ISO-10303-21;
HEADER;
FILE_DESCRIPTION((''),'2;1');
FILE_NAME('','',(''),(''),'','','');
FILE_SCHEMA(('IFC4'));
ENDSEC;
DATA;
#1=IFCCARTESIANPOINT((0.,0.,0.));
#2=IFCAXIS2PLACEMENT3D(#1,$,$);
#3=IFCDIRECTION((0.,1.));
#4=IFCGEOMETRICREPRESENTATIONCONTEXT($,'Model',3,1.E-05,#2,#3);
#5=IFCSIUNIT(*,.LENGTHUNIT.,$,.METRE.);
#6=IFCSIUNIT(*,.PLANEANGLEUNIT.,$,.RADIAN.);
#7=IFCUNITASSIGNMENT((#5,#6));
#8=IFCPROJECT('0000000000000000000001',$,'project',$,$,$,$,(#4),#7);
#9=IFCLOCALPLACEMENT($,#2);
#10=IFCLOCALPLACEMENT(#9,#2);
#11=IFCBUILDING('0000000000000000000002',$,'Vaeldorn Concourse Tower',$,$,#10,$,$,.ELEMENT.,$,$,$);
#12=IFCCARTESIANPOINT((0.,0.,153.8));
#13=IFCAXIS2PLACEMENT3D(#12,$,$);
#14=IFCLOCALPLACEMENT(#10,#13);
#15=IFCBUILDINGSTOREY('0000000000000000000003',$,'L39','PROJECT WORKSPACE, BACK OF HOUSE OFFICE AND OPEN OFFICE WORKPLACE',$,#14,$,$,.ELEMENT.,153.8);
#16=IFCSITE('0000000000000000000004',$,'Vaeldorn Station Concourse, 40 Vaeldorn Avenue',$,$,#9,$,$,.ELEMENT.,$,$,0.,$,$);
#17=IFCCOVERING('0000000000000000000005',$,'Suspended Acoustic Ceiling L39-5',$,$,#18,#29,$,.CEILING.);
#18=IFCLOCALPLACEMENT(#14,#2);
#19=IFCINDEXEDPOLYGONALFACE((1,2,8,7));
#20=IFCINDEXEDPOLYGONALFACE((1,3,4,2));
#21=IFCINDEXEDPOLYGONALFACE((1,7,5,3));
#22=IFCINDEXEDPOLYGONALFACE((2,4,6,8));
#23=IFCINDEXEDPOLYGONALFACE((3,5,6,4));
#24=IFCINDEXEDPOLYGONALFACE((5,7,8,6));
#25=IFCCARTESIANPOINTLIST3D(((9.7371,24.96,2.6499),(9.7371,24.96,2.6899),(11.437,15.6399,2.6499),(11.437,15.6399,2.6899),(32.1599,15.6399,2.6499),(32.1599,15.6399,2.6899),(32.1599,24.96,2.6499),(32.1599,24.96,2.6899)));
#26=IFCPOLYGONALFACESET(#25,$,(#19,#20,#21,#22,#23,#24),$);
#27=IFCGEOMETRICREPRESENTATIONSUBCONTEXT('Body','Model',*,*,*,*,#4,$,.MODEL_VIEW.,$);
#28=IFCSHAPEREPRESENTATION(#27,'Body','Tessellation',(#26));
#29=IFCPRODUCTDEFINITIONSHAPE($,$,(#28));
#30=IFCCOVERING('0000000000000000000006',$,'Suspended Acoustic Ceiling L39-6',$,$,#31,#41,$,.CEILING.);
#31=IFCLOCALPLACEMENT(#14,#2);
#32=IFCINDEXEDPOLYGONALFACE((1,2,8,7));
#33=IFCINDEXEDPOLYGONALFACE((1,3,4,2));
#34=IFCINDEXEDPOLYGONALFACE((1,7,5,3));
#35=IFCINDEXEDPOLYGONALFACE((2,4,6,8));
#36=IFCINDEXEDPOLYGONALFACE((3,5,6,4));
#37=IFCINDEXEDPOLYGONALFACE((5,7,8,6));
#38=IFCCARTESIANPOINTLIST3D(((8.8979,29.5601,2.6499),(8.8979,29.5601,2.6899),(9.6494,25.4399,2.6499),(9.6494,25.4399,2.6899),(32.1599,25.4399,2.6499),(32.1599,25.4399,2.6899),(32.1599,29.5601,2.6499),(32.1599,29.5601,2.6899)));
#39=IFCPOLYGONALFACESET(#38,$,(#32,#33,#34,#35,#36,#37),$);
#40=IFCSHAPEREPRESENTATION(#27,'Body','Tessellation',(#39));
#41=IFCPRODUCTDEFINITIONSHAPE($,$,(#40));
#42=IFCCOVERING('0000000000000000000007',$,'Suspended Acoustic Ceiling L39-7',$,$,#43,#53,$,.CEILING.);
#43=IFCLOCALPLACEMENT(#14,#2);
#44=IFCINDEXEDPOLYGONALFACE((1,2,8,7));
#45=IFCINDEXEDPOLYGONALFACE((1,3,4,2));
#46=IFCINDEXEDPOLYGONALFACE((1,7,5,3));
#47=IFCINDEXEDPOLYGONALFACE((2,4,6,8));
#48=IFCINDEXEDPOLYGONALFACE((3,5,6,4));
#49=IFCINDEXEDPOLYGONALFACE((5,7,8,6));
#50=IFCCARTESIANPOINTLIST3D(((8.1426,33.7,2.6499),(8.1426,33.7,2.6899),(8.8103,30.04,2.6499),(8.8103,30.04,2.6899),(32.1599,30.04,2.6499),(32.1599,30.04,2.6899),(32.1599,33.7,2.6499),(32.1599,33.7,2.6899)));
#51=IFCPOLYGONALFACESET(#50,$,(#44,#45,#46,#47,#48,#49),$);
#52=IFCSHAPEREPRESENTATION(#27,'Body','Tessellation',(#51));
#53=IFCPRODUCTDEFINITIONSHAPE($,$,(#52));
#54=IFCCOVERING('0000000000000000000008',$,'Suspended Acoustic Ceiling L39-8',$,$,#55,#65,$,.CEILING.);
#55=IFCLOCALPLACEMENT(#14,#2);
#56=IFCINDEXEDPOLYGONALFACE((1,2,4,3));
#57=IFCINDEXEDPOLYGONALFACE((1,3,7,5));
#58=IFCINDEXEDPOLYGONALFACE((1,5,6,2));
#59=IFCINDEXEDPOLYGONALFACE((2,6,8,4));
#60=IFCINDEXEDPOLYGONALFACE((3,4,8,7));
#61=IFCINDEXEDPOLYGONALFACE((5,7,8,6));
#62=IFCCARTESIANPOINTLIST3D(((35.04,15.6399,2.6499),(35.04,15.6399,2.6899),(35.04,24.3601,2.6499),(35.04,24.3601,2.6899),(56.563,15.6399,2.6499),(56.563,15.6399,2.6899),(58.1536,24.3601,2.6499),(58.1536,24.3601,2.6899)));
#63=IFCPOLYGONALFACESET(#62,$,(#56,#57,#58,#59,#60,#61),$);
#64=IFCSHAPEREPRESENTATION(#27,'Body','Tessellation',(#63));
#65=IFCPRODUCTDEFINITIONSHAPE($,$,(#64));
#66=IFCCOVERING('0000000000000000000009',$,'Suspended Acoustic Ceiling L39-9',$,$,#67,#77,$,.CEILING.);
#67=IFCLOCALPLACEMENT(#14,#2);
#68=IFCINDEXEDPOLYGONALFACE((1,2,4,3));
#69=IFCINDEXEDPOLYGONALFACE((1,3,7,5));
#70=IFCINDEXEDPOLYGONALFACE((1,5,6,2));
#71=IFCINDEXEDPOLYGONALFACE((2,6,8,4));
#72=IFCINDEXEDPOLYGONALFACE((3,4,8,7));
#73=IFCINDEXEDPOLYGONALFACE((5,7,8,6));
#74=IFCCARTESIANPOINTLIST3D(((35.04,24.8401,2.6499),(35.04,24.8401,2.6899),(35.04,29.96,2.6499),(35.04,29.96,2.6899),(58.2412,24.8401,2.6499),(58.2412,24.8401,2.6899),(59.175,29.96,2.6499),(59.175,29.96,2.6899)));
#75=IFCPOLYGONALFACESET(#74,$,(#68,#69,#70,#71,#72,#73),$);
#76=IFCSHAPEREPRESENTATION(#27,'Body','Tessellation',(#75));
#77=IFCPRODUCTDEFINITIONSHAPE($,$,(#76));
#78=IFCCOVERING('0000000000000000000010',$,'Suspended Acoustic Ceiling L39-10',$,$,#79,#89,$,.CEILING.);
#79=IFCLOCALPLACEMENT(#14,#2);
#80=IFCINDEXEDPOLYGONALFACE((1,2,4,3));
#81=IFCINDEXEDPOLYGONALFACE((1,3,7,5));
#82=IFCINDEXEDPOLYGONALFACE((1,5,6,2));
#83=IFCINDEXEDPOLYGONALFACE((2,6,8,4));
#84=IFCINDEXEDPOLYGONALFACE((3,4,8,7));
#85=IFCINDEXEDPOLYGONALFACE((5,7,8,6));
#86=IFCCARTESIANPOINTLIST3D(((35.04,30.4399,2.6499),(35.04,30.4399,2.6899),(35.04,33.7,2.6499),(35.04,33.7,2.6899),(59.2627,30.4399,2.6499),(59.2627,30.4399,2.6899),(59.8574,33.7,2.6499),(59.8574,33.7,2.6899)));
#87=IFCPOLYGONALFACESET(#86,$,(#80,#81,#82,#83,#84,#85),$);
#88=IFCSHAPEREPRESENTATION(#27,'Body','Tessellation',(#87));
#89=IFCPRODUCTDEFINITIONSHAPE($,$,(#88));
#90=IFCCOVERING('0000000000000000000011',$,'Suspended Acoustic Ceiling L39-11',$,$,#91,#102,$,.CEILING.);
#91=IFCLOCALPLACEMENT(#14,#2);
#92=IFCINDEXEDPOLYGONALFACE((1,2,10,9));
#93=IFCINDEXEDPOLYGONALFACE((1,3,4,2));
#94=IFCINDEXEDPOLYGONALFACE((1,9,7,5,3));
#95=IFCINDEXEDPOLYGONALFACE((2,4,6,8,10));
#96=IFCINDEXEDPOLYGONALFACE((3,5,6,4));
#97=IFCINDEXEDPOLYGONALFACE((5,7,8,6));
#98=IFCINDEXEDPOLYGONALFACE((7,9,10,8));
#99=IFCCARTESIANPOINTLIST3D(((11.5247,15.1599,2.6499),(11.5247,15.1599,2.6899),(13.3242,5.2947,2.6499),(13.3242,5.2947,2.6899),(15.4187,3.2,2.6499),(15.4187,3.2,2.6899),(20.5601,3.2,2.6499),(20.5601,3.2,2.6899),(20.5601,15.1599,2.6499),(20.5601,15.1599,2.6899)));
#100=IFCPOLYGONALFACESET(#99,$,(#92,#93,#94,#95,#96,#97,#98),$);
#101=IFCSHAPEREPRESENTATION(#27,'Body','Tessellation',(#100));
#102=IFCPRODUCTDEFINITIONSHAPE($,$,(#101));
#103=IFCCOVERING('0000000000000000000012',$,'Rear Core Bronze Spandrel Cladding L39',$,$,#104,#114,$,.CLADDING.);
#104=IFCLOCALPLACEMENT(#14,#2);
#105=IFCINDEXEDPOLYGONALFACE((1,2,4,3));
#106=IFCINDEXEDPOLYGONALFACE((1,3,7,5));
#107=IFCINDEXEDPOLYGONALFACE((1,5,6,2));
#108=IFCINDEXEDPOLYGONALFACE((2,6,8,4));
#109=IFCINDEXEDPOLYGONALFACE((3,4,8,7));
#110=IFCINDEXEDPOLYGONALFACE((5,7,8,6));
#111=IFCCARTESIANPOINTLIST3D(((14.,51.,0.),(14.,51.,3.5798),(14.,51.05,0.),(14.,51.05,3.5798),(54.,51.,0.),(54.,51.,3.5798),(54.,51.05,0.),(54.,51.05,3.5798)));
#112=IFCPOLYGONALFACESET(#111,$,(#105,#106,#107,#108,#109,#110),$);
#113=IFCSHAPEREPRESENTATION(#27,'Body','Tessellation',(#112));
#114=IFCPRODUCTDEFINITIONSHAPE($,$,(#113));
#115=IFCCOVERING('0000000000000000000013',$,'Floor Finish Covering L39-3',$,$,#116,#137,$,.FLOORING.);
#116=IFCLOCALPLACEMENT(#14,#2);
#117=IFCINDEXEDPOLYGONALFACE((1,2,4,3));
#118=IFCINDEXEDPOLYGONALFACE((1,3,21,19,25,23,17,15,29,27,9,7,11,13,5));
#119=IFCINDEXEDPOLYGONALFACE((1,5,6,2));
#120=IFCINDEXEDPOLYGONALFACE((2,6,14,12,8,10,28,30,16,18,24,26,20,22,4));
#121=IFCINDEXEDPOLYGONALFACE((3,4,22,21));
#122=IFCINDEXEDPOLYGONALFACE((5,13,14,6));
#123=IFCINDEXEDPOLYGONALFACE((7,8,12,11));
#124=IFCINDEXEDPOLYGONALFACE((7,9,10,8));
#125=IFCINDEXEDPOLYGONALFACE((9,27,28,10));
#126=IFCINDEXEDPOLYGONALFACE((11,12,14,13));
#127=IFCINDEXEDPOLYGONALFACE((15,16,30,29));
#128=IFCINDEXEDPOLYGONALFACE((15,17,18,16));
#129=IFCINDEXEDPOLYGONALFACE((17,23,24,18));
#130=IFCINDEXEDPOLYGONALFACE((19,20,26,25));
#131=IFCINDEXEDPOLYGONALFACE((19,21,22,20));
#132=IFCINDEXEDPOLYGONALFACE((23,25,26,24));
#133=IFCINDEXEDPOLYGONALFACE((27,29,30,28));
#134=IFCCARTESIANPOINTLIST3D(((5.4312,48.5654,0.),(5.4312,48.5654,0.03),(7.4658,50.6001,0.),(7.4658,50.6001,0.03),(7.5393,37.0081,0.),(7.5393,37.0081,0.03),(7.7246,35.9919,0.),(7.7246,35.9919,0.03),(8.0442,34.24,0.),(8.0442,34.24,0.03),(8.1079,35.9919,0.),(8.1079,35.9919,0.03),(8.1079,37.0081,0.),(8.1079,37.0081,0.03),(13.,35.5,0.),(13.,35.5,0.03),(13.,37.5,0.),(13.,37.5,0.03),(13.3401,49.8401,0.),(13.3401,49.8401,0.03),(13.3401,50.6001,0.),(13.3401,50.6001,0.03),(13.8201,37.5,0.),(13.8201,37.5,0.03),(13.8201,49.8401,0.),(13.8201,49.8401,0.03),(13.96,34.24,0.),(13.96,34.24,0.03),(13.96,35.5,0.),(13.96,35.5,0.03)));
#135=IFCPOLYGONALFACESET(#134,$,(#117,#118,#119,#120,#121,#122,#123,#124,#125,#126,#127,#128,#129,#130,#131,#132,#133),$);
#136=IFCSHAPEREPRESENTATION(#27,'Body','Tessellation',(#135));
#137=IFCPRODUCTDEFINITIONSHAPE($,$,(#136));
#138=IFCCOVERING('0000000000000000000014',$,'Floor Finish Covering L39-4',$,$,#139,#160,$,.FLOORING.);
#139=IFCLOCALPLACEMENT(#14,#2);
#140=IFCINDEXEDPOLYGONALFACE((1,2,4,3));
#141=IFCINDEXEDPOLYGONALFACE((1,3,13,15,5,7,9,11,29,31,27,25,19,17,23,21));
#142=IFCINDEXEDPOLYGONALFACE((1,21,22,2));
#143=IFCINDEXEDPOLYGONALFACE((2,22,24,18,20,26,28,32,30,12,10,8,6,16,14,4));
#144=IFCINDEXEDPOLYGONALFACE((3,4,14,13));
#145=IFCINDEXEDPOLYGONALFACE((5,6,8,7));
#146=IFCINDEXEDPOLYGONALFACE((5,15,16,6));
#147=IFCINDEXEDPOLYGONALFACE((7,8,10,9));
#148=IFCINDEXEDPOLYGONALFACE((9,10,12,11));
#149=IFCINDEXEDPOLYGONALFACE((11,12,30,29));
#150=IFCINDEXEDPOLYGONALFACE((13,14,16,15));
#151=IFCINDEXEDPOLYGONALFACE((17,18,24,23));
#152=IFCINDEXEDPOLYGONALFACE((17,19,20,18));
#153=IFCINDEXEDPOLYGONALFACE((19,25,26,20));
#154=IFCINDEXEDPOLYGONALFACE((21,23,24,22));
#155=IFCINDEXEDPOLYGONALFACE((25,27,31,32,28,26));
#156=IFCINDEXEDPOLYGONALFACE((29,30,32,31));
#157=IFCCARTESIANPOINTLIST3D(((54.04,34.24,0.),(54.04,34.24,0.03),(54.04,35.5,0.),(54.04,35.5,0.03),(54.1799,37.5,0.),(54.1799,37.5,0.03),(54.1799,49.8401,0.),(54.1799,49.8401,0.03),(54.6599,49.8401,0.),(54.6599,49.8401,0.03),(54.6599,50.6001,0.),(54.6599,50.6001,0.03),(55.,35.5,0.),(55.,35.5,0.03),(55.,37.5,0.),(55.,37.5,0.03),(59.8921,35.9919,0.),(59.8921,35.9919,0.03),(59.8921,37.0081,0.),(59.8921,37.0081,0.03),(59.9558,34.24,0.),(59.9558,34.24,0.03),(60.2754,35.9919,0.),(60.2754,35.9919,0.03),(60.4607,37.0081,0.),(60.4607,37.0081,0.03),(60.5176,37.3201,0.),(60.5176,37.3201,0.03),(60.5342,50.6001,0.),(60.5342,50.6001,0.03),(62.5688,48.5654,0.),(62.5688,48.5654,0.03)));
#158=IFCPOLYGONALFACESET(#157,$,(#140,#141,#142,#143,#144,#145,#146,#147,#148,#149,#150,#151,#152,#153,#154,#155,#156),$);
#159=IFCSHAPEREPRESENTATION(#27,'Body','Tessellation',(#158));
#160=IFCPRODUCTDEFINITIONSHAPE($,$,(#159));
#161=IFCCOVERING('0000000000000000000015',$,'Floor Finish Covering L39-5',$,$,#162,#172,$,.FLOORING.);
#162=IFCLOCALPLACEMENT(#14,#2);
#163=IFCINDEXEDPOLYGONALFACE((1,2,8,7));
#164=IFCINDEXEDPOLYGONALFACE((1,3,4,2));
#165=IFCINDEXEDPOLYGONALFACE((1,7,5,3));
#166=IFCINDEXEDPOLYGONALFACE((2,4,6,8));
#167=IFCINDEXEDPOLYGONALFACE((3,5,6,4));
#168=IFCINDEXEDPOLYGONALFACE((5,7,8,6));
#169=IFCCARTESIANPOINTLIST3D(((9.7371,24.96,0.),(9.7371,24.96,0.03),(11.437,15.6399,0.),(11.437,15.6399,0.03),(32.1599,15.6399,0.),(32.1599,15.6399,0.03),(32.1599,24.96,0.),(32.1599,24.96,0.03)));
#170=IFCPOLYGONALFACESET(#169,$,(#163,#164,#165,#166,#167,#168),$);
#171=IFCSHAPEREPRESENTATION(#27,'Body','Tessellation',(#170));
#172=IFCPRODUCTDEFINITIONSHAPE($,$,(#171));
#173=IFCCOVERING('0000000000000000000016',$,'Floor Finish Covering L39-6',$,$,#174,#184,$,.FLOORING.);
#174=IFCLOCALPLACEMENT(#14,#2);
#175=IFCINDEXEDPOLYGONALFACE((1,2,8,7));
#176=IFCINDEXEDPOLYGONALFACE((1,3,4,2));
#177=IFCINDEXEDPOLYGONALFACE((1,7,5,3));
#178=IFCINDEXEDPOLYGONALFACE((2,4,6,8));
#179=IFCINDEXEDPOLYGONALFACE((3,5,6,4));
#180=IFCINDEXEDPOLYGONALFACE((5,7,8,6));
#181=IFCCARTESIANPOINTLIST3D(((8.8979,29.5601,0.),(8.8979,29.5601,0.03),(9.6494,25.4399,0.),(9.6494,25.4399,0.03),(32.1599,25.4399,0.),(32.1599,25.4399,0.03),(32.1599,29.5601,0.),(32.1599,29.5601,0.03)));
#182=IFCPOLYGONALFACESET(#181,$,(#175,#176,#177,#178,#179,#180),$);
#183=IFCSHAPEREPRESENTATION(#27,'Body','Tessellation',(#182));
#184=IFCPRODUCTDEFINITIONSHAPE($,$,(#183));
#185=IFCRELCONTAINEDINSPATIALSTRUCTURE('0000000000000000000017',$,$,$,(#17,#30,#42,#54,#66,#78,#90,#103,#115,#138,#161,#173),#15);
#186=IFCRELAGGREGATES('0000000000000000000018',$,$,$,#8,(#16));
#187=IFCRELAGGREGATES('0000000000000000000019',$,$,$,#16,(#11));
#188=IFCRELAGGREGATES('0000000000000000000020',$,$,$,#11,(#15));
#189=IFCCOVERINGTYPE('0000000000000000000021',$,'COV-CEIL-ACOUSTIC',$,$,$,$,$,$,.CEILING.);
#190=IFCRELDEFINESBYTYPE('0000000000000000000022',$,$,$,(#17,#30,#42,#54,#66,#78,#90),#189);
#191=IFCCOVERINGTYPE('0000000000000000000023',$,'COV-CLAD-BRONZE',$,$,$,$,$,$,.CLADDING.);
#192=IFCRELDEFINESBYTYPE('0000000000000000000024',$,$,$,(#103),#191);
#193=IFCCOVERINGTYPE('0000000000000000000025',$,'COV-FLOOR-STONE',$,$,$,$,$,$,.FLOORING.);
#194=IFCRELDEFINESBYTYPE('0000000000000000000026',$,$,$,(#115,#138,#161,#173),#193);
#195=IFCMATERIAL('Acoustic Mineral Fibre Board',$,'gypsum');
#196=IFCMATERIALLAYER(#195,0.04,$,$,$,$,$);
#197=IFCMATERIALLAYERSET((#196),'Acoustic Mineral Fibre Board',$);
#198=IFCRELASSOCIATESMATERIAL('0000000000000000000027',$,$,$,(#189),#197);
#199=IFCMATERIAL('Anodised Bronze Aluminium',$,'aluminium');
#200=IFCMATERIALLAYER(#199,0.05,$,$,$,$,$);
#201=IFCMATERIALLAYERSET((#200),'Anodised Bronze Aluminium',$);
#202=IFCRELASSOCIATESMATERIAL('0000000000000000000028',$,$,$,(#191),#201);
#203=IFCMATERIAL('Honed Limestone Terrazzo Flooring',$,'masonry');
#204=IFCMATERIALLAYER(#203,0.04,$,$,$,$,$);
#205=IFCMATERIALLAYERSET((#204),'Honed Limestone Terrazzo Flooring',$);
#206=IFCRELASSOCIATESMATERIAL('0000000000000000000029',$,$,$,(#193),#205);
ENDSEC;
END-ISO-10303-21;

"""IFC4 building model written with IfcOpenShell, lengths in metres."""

from ifc_helpers import new_model, si_unit, direction, frame, origin, place, context, subcontext, project, spatial, polyline, outline, extrude, material, layer, layer_set, type_object, element, save


model = new_model("IFC4")

# Units and contexts
model_context = context("Model", 3, precision=1e-05, world=origin(), true_north=direction((0.0, 1.0)))
body_context = subcontext(model_context, "Body", "Model", "MODEL_VIEW")
ifc_project = project(units=[si_unit("LENGTHUNIT", "METRE"), si_unit("PLANEANGLEUNIT", "RADIAN")], contexts=[model_context])

# Site, building, storey
site_placement = place(None, origin())
site = spatial("IfcSite", under=ifc_project, at=site_placement, Name="Vaeldorn Station Concourse, 40 Vaeldorn Avenue", CompositionType="ELEMENT", RefElevation=0.0)
building_placement = place(site_placement, origin())
building = spatial("IfcBuilding", under=site, at=building_placement, Name="Vaeldorn Concourse Tower", CompositionType="ELEMENT")
storey_placement = place(building_placement, frame((0.0, 0.0, 153.8)))
storey = spatial("IfcBuildingStorey", under=building, at=storey_placement, Name="L39", Description="PROJECT WORKSPACE, BACK OF HOUSE OFFICE AND OPEN OFFICE WORKPLACE", CompositionType="ELEMENT", Elevation=153.8)

# Coverings
ifc_material_1 = material(Name="Acoustic Mineral Fibre Board", Category="gypsum")
ifc_layer_1 = layer(ifc_material_1, 0.04)
ifc_layer_set_1 = layer_set([ifc_layer_1], Name="Acoustic Mineral Fibre Board")
covering_type_1 = type_object("IfcCoveringType", Name="COV-CEIL-ACOUSTIC", PredefinedType="CEILING", material=ifc_layer_set_1)
covering_1_placement = place(storey_placement, frame((0.0, 0.0, 2.6499)))
element("IfcCovering", 1, at=covering_1_placement, inside=storey, type_object=covering_type_1, Name="Suspended Acoustic Ceiling L39-5", PredefinedType="CEILING", context=body_context, shape_type="SweptSolid", body=[
    extrude(outline(polyline([(32.1599, 24.96), (32.1599, 15.6399), (11.437, 15.6399), (9.7371, 24.96), (32.1599, 24.96)])), origin(), (0.0, 0.0, 1.0), 0.04),
])
covering_2_placement = place(storey_placement, frame((0.0, 0.0, 2.6499)))
element("IfcCovering", 2, at=covering_2_placement, inside=storey, type_object=covering_type_1, Name="Suspended Acoustic Ceiling L39-6", PredefinedType="CEILING", context=body_context, shape_type="SweptSolid", body=[
    extrude(outline(polyline([(32.1599, 29.5601), (32.1599, 25.4399), (9.6494, 25.4399), (8.8979, 29.5601), (32.1599, 29.5601)])), origin(), (0.0, 0.0, 1.0), 0.04),
])
covering_3_placement = place(storey_placement, frame((0.0, 0.0, 2.6499)))
element("IfcCovering", 3, at=covering_3_placement, inside=storey, type_object=covering_type_1, Name="Suspended Acoustic Ceiling L39-7", PredefinedType="CEILING", context=body_context, shape_type="SweptSolid", body=[
    extrude(outline(polyline([(32.1599, 33.7), (32.1599, 30.04), (8.8103, 30.04), (8.1426, 33.7), (32.1599, 33.7)])), origin(), (0.0, 0.0, 1.0), 0.04),
])
covering_4_placement = place(storey_placement, frame((0.0, 0.0, 2.6499)))
element("IfcCovering", 4, at=covering_4_placement, inside=storey, type_object=covering_type_1, Name="Suspended Acoustic Ceiling L39-8", PredefinedType="CEILING", context=body_context, shape_type="SweptSolid", body=[
    extrude(outline(polyline([(35.04, 15.6399), (35.04, 24.3601), (58.1536, 24.3601), (56.563, 15.6399), (35.04, 15.6399)])), origin(), (0.0, 0.0, 1.0), 0.04),
])
covering_5_placement = place(storey_placement, frame((0.0, 0.0, 2.6499)))
element("IfcCovering", 5, at=covering_5_placement, inside=storey, type_object=covering_type_1, Name="Suspended Acoustic Ceiling L39-9", PredefinedType="CEILING", context=body_context, shape_type="SweptSolid", body=[
    extrude(outline(polyline([(35.04, 24.8401), (35.04, 29.96), (59.175, 29.96), (58.2412, 24.8401), (35.04, 24.8401)])), origin(), (0.0, 0.0, 1.0), 0.04),
])
covering_6_placement = place(storey_placement, frame((0.0, 0.0, 2.6499)))
element("IfcCovering", 6, at=covering_6_placement, inside=storey, type_object=covering_type_1, Name="Suspended Acoustic Ceiling L39-10", PredefinedType="CEILING", context=body_context, shape_type="SweptSolid", body=[
    extrude(outline(polyline([(35.04, 30.4399), (35.04, 33.7), (59.8574, 33.7), (59.2627, 30.4399), (35.04, 30.4399)])), origin(), (0.0, 0.0, 1.0), 0.04),
])
covering_7_placement = place(storey_placement, frame((0.0, 0.0, 2.6499)))
element("IfcCovering", 7, at=covering_7_placement, inside=storey, type_object=covering_type_1, Name="Suspended Acoustic Ceiling L39-11", PredefinedType="CEILING", context=body_context, shape_type="SweptSolid", body=[
    extrude(outline(polyline([(20.5601, 15.1599), (20.5601, 3.2), (15.4187, 3.2), (13.3242, 5.2947), (11.5247, 15.1599), (20.5601, 15.1599)])), origin(), (0.0, 0.0, 1.0), 0.04),
])
ifc_material_2 = material(Name="Anodised Bronze Aluminium", Category="aluminium")
ifc_layer_2 = layer(ifc_material_2, 0.05)
ifc_layer_set_2 = layer_set([ifc_layer_2], Name="Anodised Bronze Aluminium")
covering_type_2 = type_object("IfcCoveringType", Name="COV-CLAD-BRONZE", PredefinedType="CLADDING", material=ifc_layer_set_2)
covering_8_placement = place(storey_placement, origin())
element("IfcCovering", 8, at=covering_8_placement, inside=storey, type_object=covering_type_2, Name="Rear Core Bronze Spandrel Cladding L39", PredefinedType="CLADDING", context=body_context, shape_type="SweptSolid", body=[
    extrude(outline(polyline([(14.0, 51.0), (54.0, 51.0), (54.0, 51.05), (14.0, 51.05), (14.0, 51.0)])), origin(), (0.0, 0.0, 1.0), 3.5798),
])
ifc_material_3 = material(Name="Honed Limestone Terrazzo Flooring", Category="masonry")
ifc_layer_3 = layer(ifc_material_3, 0.04)
ifc_layer_set_3 = layer_set([ifc_layer_3], Name="Honed Limestone Terrazzo Flooring")
covering_type_3 = type_object("IfcCoveringType", Name="COV-FLOOR-STONE", PredefinedType="FLOORING", material=ifc_layer_set_3)
covering_9_placement = place(storey_placement, origin())
element("IfcCovering", 9, at=covering_9_placement, inside=storey, type_object=covering_type_3, Name="Floor Finish Covering L39-3", PredefinedType="FLOORING", context=body_context, shape_type="SweptSolid", body=[
    extrude(outline(polyline([(7.4658, 50.6001), (13.3401, 50.6001), (13.3401, 49.8401), (13.8201, 49.8401), (13.8201, 37.5), (13.0, 37.5), (13.0, 35.5), (13.96, 35.5), (13.96, 34.24), (8.0442, 34.24), (7.7246, 35.9919), (8.1079, 35.9919), (8.1079, 37.0081), (7.5393, 37.0081), (5.4312, 48.5654), (7.4658, 50.6001)])), origin(), (0.0, 0.0, 1.0), 0.03),
])
covering_10_placement = place(storey_placement, origin())
element("IfcCovering", 10, at=covering_10_placement, inside=storey, type_object=covering_type_3, Name="Floor Finish Covering L39-4", PredefinedType="FLOORING", context=body_context, shape_type="SweptSolid", body=[
    extrude(outline(polyline([(54.1799, 49.8401), (54.6599, 49.8401), (54.6599, 50.6001), (60.5342, 50.6001), (62.5688, 48.5654), (60.5176, 37.3201), (60.5176, 37.3201), (60.4607, 37.0081), (59.8921, 37.0081), (59.8921, 35.9919), (60.2754, 35.9919), (59.9558, 34.24), (54.04, 34.24), (54.04, 35.5), (55.0, 35.5), (55.0, 37.5), (54.1799, 37.5), (54.1799, 49.8401)])), origin(), (0.0, 0.0, 1.0), 0.03),
])
covering_11_placement = place(storey_placement, origin())
element("IfcCovering", 11, at=covering_11_placement, inside=storey, type_object=covering_type_3, Name="Floor Finish Covering L39-5", PredefinedType="FLOORING", context=body_context, shape_type="SweptSolid", body=[
    extrude(outline(polyline([(32.1599, 24.96), (32.1599, 15.6399), (11.437, 15.6399), (9.7371, 24.96), (32.1599, 24.96)])), origin(), (0.0, 0.0, 1.0), 0.03),
])
covering_12_placement = place(storey_placement, origin())
element("IfcCovering", 12, at=covering_12_placement, inside=storey, type_object=covering_type_3, Name="Floor Finish Covering L39-6", PredefinedType="FLOORING", context=body_context, shape_type="SweptSolid", body=[
    extrude(outline(polyline([(32.1599, 29.5601), (32.1599, 25.4399), (9.6494, 25.4399), (8.8979, 29.5601), (32.1599, 29.5601)])), origin(), (0.0, 0.0, 1.0), 0.03),
])

save(model, "model.ifc")
